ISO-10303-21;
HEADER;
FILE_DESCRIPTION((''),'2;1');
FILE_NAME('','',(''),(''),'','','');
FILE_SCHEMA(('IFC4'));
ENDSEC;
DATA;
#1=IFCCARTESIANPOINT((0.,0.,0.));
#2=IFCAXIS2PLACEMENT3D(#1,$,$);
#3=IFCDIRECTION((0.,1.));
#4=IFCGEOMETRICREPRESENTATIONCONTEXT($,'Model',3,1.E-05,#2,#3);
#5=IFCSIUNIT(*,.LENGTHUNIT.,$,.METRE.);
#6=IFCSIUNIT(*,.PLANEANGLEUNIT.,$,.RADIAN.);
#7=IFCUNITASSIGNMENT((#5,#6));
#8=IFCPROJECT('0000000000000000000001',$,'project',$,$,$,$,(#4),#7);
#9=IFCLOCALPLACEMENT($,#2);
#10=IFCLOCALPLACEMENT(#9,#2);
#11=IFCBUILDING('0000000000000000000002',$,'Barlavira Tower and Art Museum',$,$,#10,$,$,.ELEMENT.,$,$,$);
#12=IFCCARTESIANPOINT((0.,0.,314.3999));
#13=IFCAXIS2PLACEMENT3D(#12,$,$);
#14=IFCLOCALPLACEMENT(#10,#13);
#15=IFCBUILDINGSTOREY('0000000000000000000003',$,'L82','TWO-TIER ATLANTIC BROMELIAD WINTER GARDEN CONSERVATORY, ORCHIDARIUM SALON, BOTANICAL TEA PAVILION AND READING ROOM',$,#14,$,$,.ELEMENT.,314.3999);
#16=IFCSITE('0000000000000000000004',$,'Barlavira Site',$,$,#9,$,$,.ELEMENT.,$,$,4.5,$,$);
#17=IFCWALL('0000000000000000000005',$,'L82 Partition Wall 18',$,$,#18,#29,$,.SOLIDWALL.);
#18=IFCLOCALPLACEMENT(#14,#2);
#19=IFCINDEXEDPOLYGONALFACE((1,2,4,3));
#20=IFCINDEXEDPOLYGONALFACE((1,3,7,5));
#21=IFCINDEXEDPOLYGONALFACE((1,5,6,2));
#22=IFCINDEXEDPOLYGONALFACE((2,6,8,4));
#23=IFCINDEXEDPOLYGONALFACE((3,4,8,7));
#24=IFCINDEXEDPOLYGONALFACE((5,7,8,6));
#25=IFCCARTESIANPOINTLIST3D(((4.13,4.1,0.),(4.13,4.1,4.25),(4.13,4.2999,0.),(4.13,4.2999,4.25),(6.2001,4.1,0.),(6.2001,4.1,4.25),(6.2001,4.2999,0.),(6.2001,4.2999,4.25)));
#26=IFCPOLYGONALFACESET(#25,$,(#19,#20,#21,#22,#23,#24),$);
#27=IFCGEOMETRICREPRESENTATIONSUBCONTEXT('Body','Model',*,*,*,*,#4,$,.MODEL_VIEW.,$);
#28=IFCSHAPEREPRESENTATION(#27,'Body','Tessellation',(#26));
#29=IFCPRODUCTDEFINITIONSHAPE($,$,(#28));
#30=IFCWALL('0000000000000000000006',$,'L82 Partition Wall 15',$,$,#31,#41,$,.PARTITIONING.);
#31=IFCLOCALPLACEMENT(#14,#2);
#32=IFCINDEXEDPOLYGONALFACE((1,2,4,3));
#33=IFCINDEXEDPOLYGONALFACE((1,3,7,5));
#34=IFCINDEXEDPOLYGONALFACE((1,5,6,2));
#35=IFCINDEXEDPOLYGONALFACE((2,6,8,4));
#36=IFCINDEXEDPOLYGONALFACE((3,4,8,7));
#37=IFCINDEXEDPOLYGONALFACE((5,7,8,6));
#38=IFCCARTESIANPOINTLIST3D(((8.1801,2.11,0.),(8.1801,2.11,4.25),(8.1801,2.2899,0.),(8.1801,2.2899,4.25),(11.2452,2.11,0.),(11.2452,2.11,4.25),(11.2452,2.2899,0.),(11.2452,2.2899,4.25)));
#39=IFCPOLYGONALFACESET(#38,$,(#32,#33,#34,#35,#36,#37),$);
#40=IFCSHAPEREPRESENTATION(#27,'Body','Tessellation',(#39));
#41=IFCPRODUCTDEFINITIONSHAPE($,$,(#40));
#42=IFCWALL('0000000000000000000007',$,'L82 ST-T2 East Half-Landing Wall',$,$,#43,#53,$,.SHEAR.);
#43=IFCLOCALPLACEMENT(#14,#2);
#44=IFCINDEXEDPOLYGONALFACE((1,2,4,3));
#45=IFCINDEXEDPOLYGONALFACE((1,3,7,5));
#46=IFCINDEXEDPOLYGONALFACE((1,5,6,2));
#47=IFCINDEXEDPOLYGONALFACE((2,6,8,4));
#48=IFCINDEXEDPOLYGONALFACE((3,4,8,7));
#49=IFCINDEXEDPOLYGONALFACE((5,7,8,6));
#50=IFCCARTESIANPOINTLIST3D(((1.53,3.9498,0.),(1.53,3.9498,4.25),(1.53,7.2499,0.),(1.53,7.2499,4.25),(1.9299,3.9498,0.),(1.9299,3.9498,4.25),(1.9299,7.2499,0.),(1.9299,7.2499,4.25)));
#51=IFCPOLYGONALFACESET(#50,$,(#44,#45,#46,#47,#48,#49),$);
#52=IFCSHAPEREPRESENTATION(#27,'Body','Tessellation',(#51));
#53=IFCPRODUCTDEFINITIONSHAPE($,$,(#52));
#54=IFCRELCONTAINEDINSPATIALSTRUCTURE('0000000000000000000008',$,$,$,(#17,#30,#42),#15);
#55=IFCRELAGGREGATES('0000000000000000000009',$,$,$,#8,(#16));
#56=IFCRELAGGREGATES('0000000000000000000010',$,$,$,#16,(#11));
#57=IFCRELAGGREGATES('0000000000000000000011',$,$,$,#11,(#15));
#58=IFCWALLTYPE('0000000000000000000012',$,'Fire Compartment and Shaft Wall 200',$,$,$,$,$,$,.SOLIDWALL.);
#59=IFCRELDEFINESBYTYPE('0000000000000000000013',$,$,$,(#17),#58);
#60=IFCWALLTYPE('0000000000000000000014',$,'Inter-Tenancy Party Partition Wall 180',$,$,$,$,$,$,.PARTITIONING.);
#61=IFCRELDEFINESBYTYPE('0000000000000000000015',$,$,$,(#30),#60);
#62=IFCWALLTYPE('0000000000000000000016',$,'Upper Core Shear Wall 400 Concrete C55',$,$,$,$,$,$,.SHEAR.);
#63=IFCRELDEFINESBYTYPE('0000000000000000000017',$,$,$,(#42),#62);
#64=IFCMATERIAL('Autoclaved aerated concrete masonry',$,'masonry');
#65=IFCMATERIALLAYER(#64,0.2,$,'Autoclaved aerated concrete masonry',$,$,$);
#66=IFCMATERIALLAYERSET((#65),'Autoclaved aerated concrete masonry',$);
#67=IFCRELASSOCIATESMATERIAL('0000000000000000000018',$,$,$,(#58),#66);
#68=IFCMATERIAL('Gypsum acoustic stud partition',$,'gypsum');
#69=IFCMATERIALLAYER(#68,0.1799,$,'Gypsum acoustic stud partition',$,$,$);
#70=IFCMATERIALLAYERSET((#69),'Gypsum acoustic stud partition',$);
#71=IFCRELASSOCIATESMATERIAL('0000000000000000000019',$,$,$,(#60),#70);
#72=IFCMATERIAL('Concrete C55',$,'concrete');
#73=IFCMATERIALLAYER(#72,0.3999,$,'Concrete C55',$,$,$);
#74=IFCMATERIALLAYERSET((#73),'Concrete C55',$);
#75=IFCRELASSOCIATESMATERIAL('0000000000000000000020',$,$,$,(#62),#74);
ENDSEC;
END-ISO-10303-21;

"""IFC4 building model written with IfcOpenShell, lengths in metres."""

from ifc_helpers import new_model, si_unit, direction, frame, frame_2d, origin, place, context, subcontext, project, spatial, rectangle, extrude, material, layer, layer_set, type_object, element, save


model = new_model("IFC4")

# Units and contexts
model_context = context("Model", 3, precision=1e-05, world=origin(), true_north=direction((0.0, 1.0)))
body_context = subcontext(model_context, "Body", "Model", "MODEL_VIEW")
ifc_project = project(units=[si_unit("LENGTHUNIT", "METRE"), si_unit("PLANEANGLEUNIT", "RADIAN")], contexts=[model_context])

# Site, building, storey
site_placement = place(None, origin())
site = spatial("IfcSite", under=ifc_project, at=site_placement, Name="Barlavira Site", CompositionType="ELEMENT", RefElevation=4.5)
building_placement = place(site_placement, origin())
building = spatial("IfcBuilding", under=site, at=building_placement, Name="Barlavira Tower and Art Museum", CompositionType="ELEMENT")
storey_placement = place(building_placement, frame((0.0, 0.0, 314.3999)))
storey = spatial("IfcBuildingStorey", under=building, at=storey_placement, Name="L82", Description="TWO-TIER ATLANTIC BROMELIAD WINTER GARDEN CONSERVATORY, ORCHIDARIUM SALON, BOTANICAL TEA PAVILION AND READING ROOM", CompositionType="ELEMENT", Elevation=314.3999)

# Shared definitions
ifc_material_1 = material(Name="Autoclaved aerated concrete masonry", Category="masonry")
ifc_layer_1 = layer(ifc_material_1, 0.2, Name="Autoclaved aerated concrete masonry")
ifc_layer_set_1 = layer_set([ifc_layer_1], Name="Autoclaved aerated concrete masonry")
wall_type_1 = type_object("IfcWallType", Name="Fire Compartment and Shaft Wall 200", PredefinedType="SOLIDWALL", material=ifc_layer_set_1)

# Walls
wall_1_placement = place(storey_placement, frame((4.1299, 4.2, 0.0), z_axis=(0.0, 0.0, 1.0), x_axis=(1.0, 0.0, 0.0)))
element("IfcWall", 1, at=wall_1_placement, inside=storey, type_object=wall_type_1, Name="L82 Partition Wall 18", PredefinedType="SOLIDWALL", context=body_context, shape_type="SweptSolid", body=[
    extrude(rectangle(XDim=2.0701, YDim=0.2, at=frame_2d((1.0352, 0.0))), origin(), (0.0, 0.0, 1.0), 4.25),
])
ifc_material_2 = material(Name="Gypsum acoustic stud partition", Category="gypsum")
ifc_layer_2 = layer(ifc_material_2, 0.1799, Name="Gypsum acoustic stud partition")
ifc_layer_set_2 = layer_set([ifc_layer_2], Name="Gypsum acoustic stud partition")
wall_type_2 = type_object("IfcWallType", Name="Inter-Tenancy Party Partition Wall 180", PredefinedType="PARTITIONING", material=ifc_layer_set_2)
wall_2_placement = place(storey_placement, frame((8.1799, 2.2, 0.0), z_axis=(0.0, 0.0, 1.0), x_axis=(1.0, 0.0, 0.0)))
element("IfcWall", 2, at=wall_2_placement, inside=storey, type_object=wall_type_2, Name="L82 Partition Wall 15", PredefinedType="PARTITIONING", context=body_context, shape_type="SweptSolid", body=[
    extrude(rectangle(XDim=3.0652, YDim=0.1799, at=frame_2d((1.5327, 0.0))), origin(), (0.0, 0.0, 1.0), 4.25),
])
ifc_material_3 = material(Name="Concrete C55", Category="concrete")
ifc_layer_3 = layer(ifc_material_3, 0.3999, Name="Concrete C55")
ifc_layer_set_3 = layer_set([ifc_layer_3], Name="Concrete C55")
wall_type_3 = type_object("IfcWallType", Name="Upper Core Shear Wall 400 Concrete C55", PredefinedType="SHEAR", material=ifc_layer_set_3)
wall_3_placement = place(storey_placement, frame((1.73, 3.95, 0.0), z_axis=(0.0, 0.0, 1.0), x_axis=(0.0, 1.0, 0.0)))
element("IfcWall", 3, at=wall_3_placement, inside=storey, type_object=wall_type_3, Name="L82 ST-T2 East Half-Landing Wall", PredefinedType="SHEAR", context=body_context, shape_type="SweptSolid", body=[
    extrude(rectangle(XDim=3.3, YDim=0.3999, at=frame_2d((1.6499, 0.0))), origin(), (0.0, 0.0, 1.0), 4.25),
])

save(model, "model.ifc")
